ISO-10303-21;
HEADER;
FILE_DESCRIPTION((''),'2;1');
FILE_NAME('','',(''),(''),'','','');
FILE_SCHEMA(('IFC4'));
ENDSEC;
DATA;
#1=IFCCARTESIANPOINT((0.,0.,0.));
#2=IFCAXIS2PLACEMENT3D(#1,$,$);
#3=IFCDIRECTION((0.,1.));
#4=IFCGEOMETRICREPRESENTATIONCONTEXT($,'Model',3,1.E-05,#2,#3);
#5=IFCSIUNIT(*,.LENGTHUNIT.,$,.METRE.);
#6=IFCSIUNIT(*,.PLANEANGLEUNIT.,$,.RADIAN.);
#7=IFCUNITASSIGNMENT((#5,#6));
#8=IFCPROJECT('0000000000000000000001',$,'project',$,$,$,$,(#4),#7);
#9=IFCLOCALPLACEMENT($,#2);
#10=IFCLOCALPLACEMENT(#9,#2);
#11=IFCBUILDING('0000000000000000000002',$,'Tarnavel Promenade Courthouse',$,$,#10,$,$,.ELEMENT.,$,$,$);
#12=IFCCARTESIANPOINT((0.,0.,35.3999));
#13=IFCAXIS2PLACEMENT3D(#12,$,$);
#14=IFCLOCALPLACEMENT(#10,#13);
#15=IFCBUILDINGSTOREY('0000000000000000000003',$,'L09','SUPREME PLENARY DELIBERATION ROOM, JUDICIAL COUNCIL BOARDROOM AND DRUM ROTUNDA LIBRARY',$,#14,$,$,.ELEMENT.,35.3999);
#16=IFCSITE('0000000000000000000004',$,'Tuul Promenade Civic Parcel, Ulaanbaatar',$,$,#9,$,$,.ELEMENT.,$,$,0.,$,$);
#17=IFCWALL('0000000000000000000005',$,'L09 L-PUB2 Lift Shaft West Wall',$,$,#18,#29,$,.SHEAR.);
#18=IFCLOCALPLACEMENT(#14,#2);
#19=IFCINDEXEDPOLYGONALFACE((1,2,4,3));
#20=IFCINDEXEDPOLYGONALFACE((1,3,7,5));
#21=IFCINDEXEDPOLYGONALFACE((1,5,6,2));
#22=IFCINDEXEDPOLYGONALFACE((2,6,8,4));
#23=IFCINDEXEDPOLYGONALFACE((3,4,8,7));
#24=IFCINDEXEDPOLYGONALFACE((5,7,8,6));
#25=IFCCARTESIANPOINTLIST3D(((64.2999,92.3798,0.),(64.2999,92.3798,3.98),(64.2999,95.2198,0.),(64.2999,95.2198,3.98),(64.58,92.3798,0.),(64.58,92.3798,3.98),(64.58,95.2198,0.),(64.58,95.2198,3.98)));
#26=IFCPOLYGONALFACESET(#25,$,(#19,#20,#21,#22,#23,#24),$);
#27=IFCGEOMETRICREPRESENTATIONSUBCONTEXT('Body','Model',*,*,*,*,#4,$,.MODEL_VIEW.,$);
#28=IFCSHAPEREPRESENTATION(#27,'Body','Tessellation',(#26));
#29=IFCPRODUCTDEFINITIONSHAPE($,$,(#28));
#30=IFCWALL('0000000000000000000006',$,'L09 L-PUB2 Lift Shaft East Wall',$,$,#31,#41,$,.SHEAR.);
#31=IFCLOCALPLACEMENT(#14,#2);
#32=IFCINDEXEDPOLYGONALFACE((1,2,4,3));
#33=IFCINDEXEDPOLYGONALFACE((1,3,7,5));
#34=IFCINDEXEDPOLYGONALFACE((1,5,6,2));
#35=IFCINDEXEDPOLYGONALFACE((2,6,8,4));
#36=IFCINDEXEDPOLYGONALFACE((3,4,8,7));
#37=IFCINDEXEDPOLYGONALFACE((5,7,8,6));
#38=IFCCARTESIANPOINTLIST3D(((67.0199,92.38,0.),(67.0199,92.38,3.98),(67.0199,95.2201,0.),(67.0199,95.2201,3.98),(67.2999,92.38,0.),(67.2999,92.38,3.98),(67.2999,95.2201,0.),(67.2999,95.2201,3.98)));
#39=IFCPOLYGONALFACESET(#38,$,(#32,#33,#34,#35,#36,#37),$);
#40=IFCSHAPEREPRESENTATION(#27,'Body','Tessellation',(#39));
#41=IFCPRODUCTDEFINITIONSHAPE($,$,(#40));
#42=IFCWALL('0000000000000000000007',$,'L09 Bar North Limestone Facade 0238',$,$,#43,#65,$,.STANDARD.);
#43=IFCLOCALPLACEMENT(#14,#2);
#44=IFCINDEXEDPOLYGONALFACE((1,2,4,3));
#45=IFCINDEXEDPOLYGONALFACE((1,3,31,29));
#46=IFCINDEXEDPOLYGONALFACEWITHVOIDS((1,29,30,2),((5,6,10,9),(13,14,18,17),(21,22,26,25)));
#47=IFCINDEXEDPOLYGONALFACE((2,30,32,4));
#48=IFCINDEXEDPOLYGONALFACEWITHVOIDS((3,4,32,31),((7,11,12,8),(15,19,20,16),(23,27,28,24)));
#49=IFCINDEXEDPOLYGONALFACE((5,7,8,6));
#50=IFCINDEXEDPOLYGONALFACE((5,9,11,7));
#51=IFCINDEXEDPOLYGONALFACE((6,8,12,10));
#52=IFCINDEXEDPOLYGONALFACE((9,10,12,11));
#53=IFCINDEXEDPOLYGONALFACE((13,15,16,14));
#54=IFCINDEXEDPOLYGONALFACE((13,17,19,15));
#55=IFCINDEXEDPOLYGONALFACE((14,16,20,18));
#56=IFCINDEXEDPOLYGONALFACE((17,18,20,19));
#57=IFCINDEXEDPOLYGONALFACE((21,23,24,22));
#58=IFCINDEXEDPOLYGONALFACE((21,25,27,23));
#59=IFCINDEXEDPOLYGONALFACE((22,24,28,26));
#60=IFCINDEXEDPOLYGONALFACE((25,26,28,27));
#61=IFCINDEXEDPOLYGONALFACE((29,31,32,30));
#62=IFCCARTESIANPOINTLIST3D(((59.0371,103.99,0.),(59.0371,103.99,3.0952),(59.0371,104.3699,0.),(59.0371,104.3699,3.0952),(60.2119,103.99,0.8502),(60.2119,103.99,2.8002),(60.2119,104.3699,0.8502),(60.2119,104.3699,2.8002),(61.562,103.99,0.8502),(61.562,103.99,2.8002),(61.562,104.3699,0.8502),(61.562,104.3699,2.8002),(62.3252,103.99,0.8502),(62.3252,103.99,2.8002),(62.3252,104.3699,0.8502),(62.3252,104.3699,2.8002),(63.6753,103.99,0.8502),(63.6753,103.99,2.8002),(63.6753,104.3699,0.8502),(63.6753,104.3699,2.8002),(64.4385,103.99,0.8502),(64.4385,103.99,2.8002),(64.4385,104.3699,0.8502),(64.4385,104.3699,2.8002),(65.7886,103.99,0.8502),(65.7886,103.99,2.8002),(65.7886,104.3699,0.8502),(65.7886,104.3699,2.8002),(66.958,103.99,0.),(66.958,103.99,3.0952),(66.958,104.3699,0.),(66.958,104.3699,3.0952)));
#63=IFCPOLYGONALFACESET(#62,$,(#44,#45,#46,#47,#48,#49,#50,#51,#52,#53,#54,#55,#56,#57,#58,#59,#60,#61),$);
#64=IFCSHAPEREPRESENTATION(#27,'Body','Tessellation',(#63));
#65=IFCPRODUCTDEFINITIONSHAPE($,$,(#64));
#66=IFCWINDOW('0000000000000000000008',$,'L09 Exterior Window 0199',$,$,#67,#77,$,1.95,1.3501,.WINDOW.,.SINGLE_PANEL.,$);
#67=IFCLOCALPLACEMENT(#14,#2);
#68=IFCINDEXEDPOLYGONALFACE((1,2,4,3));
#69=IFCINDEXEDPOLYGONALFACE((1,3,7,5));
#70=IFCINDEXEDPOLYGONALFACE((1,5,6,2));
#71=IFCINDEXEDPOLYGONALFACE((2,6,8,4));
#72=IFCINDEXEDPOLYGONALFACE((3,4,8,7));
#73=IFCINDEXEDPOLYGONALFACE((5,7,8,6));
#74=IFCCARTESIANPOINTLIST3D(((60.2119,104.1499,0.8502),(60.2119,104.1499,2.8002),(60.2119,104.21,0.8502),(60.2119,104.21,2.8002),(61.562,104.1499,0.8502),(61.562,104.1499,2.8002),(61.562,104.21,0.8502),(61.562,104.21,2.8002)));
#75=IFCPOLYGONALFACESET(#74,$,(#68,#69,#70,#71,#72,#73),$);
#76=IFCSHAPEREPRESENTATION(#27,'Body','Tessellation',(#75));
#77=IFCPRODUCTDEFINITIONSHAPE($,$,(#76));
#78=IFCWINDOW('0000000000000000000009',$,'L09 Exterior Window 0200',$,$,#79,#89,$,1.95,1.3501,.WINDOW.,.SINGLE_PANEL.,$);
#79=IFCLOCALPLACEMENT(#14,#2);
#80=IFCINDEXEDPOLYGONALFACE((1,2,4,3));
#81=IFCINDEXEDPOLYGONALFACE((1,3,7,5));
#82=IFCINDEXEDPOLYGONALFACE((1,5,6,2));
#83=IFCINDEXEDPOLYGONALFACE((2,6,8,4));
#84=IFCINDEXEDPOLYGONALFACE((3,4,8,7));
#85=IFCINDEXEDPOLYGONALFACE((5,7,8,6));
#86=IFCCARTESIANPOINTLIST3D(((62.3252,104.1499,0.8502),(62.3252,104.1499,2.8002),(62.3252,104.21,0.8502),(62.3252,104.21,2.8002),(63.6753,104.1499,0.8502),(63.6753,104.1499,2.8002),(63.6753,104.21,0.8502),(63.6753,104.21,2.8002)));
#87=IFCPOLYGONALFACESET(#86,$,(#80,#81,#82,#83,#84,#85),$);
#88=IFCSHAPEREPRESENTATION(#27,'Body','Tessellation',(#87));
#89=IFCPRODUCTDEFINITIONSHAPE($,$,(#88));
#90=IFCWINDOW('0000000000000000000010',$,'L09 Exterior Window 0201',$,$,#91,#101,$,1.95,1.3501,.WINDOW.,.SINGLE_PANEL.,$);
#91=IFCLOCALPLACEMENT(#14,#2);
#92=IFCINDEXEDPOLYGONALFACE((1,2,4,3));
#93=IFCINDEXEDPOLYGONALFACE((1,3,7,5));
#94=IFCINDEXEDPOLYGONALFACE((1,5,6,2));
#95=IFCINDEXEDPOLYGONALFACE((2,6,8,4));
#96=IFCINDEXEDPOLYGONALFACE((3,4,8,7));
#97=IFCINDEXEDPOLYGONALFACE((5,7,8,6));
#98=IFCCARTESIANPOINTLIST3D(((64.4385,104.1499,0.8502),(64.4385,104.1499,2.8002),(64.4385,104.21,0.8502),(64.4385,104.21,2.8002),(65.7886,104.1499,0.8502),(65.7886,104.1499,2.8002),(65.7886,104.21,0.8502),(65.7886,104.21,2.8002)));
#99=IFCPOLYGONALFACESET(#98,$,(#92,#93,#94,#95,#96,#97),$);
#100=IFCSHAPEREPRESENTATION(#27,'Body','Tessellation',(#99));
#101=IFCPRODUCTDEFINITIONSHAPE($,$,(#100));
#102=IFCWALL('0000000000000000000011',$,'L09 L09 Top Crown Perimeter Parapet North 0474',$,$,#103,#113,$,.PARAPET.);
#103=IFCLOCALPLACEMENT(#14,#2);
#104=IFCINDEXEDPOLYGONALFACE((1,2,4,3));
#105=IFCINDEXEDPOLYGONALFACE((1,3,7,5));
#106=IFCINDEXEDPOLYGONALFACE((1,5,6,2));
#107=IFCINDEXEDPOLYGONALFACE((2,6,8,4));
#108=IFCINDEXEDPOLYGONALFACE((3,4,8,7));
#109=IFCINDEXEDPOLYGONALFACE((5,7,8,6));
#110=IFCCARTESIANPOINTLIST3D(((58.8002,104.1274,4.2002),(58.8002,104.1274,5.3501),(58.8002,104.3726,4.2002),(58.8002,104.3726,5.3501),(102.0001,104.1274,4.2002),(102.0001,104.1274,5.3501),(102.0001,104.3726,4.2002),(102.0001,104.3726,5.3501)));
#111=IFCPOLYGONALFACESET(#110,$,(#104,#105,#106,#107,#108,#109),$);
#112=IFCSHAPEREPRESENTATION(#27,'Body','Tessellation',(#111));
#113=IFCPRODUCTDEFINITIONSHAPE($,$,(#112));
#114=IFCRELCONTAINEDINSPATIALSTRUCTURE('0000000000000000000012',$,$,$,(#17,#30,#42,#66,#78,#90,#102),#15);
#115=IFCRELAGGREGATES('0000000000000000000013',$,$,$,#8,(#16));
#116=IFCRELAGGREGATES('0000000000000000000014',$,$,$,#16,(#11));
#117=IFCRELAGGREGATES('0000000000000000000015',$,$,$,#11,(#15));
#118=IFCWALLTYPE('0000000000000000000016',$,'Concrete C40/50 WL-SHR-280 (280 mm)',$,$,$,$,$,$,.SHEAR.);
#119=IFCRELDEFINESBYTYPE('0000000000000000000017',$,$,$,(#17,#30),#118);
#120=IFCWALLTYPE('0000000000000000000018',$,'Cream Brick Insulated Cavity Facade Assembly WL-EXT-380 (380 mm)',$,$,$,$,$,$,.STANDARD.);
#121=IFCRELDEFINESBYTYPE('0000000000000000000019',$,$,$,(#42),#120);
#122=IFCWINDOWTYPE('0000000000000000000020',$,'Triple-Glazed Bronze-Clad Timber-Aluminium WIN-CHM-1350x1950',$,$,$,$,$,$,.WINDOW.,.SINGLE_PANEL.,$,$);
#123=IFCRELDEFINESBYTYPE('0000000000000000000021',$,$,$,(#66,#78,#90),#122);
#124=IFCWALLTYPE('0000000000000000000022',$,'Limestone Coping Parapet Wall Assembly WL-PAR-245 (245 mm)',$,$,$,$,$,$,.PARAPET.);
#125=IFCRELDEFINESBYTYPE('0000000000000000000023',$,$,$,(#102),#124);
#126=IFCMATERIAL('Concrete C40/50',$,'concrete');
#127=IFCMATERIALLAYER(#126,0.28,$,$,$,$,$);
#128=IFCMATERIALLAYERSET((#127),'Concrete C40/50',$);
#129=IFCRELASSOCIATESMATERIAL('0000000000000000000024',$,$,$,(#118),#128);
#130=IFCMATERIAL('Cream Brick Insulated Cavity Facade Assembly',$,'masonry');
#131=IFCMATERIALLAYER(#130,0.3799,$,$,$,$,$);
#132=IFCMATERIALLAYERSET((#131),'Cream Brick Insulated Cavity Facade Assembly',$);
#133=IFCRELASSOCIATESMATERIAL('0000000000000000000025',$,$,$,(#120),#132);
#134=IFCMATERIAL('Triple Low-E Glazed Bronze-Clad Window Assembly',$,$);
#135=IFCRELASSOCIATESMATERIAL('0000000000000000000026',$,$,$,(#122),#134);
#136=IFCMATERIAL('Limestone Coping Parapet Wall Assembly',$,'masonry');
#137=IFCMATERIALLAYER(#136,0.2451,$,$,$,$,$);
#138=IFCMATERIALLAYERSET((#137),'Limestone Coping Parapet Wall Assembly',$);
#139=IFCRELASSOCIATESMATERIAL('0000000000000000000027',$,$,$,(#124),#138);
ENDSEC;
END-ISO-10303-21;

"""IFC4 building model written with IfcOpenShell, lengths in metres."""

from ifc_helpers import new_model, si_unit, direction, frame, frame_2d, origin, place, context, subcontext, project, spatial, rectangle, extrude, material, layer, layer_set, type_object, element, fill, save


model = new_model("IFC4")

# Units and contexts
model_context = context("Model", 3, precision=1e-05, world=origin(), true_north=direction((0.0, 1.0)))
body_context = subcontext(model_context, "Body", "Model", "MODEL_VIEW")
ifc_project = project(units=[si_unit("LENGTHUNIT", "METRE"), si_unit("PLANEANGLEUNIT", "RADIAN")], contexts=[model_context])

# Site, building, storey
site_placement = place(None, origin())
site = spatial("IfcSite", under=ifc_project, at=site_placement, Name="Tuul Promenade Civic Parcel, Ulaanbaatar", CompositionType="ELEMENT", RefElevation=0.0)
building_placement = place(site_placement, origin())
building = spatial("IfcBuilding", under=site, at=building_placement, Name="Tarnavel Promenade Courthouse", CompositionType="ELEMENT")
storey_placement = place(building_placement, frame((0.0, 0.0, 35.3999)))
storey = spatial("IfcBuildingStorey", under=building, at=storey_placement, Name="L09", Description="SUPREME PLENARY DELIBERATION ROOM, JUDICIAL COUNCIL BOARDROOM AND DRUM ROTUNDA LIBRARY", CompositionType="ELEMENT", Elevation=35.3999)

# Shared definitions
ifc_material_1 = material(Name="Concrete C40/50", Category="concrete")

# Walls
ifc_layer_1 = layer(ifc_material_1, 0.28)
ifc_layer_set_1 = layer_set([ifc_layer_1], Name="Concrete C40/50")
wall_type_1 = type_object("IfcWallType", Name="Concrete C40/50 WL-SHR-280 (280 mm)", PredefinedType="SHEAR", material=ifc_layer_set_1)
for number, where, z_axis, x_axis, name in (
    (1, (64.4399, 92.3799, 0.0), (0.0, 0.0, 1.0), (0.0, 1.0, 0.0), "L09 L-PUB2 Lift Shaft West Wall"),
    (2, (67.1599, 95.22, 0.0), (0.0, 0.0, 1.0), (0.0, -1.0, 0.0), "L09 L-PUB2 Lift Shaft East Wall"),
):
    element("IfcWall", number, at=place(storey_placement, frame(where, z_axis=z_axis, x_axis=x_axis)), inside=storey, type_object=wall_type_1, Name=name, PredefinedType="SHEAR", context=body_context, shape_type="SweptSolid", body=[
        extrude(rectangle(XDim=2.8401, YDim=0.28, at=frame_2d((1.4199, 0.0))), origin(), (0.0, 0.0, 1.0), 3.98),
    ])

# Wall, openings, windows
ifc_material_2 = material(Name="Cream Brick Insulated Cavity Facade Assembly", Category="masonry")
ifc_layer_2 = layer(ifc_material_2, 0.3799)
ifc_layer_set_2 = layer_set([ifc_layer_2], Name="Cream Brick Insulated Cavity Facade Assembly")
wall_type_2 = type_object("IfcWallType", Name="Cream Brick Insulated Cavity Facade Assembly WL-EXT-380 (380 mm)", PredefinedType="STANDARD", material=ifc_layer_set_2)
wall_1_placement = place(storey_placement, frame((59.0371, 104.1799, 0.0), z_axis=(0.0, 0.0, 1.0), x_axis=(1.0, 0.0, 0.0)))
wall_1 = element("IfcWall", 3, at=wall_1_placement, inside=storey, type_object=wall_type_2, Name="L09 Bar North Limestone Facade 0238", PredefinedType="STANDARD", context=body_context, shape_type="SweptSolid", body=[
    extrude(rectangle(XDim=7.9209, YDim=0.3799, at=frame_2d((3.9604, 0.0))), origin(), (0.0, 0.0, 1.0), 3.0952),
])
opening_1_placement = place(wall_1_placement, frame((1.1748, 0.0, 0.8501)))
opening_1 = element("IfcOpeningElement", 4, at=opening_1_placement, cuts=wall_1, PredefinedType="OPENING", context=body_context, shape_type="SweptSolid", body=[
    extrude(rectangle(XDim=1.3501, YDim=1.95, at=frame_2d((0.675, 0.9751))), frame((0.0, 0.2, 0.0), z_axis=(0.0, -1.0, 0.0), x_axis=(1.0, 0.0, 0.0)), (0.0, 0.0, 1.0), 0.3999),
])
opening_2_placement = place(wall_1_placement, frame((3.2881, 0.0, 0.8501)))
opening_2 = element("IfcOpeningElement", 5, at=opening_2_placement, cuts=wall_1, PredefinedType="OPENING", context=body_context, shape_type="SweptSolid", body=[
    extrude(rectangle(XDim=1.3501, YDim=1.95, at=frame_2d((0.675, 0.9751))), frame((0.0, 0.2, 0.0), z_axis=(0.0, -1.0, 0.0), x_axis=(1.0, 0.0, 0.0)), (0.0, 0.0, 1.0), 0.3999),
])
opening_3_placement = place(wall_1_placement, frame((5.4014, 0.0, 0.8501)))
opening_3 = element("IfcOpeningElement", 6, at=opening_3_placement, cuts=wall_1, PredefinedType="OPENING", context=body_context, shape_type="SweptSolid", body=[
    extrude(rectangle(XDim=1.3501, YDim=1.95, at=frame_2d((0.675, 0.9751))), frame((0.0, 0.2, 0.0), z_axis=(0.0, -1.0, 0.0), x_axis=(1.0, 0.0, 0.0)), (0.0, 0.0, 1.0), 0.3999),
])
ifc_material_3 = material(Name="Triple Low-E Glazed Bronze-Clad Window Assembly")
window_type = type_object("IfcWindowType", Name="Triple-Glazed Bronze-Clad Timber-Aluminium WIN-CHM-1350x1950", PartitioningType="SINGLE_PANEL", PredefinedType="WINDOW", material=ifc_material_3)
window_1_placement = place(opening_1_placement, origin())
window_1 = element("IfcWindow", 7, at=window_1_placement, inside=storey, type_object=window_type, Name="L09 Exterior Window 0199", OverallHeight=1.95, OverallWidth=1.3501, PartitioningType="SINGLE_PANEL", PredefinedType="WINDOW", context=body_context, shape_type="SweptSolid", body=[
    extrude(rectangle(XDim=1.3501, YDim=1.95, at=frame_2d((0.675, 0.9751))), frame((0.0, 0.03, 0.0), z_axis=(0.0, -1.0, 0.0), x_axis=(1.0, 0.0, 0.0)), (0.0, 0.0, 1.0), 0.0601),
])
fill(opening_1, window_1)
window_2_placement = place(opening_2_placement, origin())
window_2 = element("IfcWindow", 8, at=window_2_placement, inside=storey, type_object=window_type, Name="L09 Exterior Window 0200", OverallHeight=1.95, OverallWidth=1.3501, PartitioningType="SINGLE_PANEL", PredefinedType="WINDOW", context=body_context, shape_type="SweptSolid", body=[
    extrude(rectangle(XDim=1.3501, YDim=1.95, at=frame_2d((0.675, 0.9751))), frame((0.0, 0.03, 0.0), z_axis=(0.0, -1.0, 0.0), x_axis=(1.0, 0.0, 0.0)), (0.0, 0.0, 1.0), 0.0601),
])
fill(opening_2, window_2)
window_3_placement = place(opening_3_placement, origin())
window_3 = element("IfcWindow", 9, at=window_3_placement, inside=storey, type_object=window_type, Name="L09 Exterior Window 0201", OverallHeight=1.95, OverallWidth=1.3501, PartitioningType="SINGLE_PANEL", PredefinedType="WINDOW", context=body_context, shape_type="SweptSolid", body=[
    extrude(rectangle(XDim=1.3501, YDim=1.95, at=frame_2d((0.675, 0.9751))), frame((0.0, 0.03, 0.0), z_axis=(0.0, -1.0, 0.0), x_axis=(1.0, 0.0, 0.0)), (0.0, 0.0, 1.0), 0.0601),
])
fill(opening_3, window_3)

# Wall
ifc_material_4 = material(Name="Limestone Coping Parapet Wall Assembly", Category="masonry")
ifc_layer_3 = layer(ifc_material_4, 0.2451)
ifc_layer_set_3 = layer_set([ifc_layer_3], Name="Limestone Coping Parapet Wall Assembly")
wall_type_3 = type_object("IfcWallType", Name="Limestone Coping Parapet Wall Assembly WL-PAR-245 (245 mm)", PredefinedType="PARAPET", material=ifc_layer_set_3)
wall_2_placement = place(storey_placement, frame((58.8, 104.25, 4.2002), z_axis=(0.0, 0.0, 1.0), x_axis=(1.0, 0.0, 0.0)))
element("IfcWall", 10, at=wall_2_placement, inside=storey, type_object=wall_type_3, Name="L09 L09 Top Crown Perimeter Parapet North 0474", PredefinedType="PARAPET", context=body_context, shape_type="SweptSolid", body=[
    extrude(rectangle(XDim=43.2, YDim=0.2451, at=frame_2d((21.6001, 0.0))), origin(), (0.0, 0.0, 1.0), 1.1499),
])

save(model, "model.ifc")
